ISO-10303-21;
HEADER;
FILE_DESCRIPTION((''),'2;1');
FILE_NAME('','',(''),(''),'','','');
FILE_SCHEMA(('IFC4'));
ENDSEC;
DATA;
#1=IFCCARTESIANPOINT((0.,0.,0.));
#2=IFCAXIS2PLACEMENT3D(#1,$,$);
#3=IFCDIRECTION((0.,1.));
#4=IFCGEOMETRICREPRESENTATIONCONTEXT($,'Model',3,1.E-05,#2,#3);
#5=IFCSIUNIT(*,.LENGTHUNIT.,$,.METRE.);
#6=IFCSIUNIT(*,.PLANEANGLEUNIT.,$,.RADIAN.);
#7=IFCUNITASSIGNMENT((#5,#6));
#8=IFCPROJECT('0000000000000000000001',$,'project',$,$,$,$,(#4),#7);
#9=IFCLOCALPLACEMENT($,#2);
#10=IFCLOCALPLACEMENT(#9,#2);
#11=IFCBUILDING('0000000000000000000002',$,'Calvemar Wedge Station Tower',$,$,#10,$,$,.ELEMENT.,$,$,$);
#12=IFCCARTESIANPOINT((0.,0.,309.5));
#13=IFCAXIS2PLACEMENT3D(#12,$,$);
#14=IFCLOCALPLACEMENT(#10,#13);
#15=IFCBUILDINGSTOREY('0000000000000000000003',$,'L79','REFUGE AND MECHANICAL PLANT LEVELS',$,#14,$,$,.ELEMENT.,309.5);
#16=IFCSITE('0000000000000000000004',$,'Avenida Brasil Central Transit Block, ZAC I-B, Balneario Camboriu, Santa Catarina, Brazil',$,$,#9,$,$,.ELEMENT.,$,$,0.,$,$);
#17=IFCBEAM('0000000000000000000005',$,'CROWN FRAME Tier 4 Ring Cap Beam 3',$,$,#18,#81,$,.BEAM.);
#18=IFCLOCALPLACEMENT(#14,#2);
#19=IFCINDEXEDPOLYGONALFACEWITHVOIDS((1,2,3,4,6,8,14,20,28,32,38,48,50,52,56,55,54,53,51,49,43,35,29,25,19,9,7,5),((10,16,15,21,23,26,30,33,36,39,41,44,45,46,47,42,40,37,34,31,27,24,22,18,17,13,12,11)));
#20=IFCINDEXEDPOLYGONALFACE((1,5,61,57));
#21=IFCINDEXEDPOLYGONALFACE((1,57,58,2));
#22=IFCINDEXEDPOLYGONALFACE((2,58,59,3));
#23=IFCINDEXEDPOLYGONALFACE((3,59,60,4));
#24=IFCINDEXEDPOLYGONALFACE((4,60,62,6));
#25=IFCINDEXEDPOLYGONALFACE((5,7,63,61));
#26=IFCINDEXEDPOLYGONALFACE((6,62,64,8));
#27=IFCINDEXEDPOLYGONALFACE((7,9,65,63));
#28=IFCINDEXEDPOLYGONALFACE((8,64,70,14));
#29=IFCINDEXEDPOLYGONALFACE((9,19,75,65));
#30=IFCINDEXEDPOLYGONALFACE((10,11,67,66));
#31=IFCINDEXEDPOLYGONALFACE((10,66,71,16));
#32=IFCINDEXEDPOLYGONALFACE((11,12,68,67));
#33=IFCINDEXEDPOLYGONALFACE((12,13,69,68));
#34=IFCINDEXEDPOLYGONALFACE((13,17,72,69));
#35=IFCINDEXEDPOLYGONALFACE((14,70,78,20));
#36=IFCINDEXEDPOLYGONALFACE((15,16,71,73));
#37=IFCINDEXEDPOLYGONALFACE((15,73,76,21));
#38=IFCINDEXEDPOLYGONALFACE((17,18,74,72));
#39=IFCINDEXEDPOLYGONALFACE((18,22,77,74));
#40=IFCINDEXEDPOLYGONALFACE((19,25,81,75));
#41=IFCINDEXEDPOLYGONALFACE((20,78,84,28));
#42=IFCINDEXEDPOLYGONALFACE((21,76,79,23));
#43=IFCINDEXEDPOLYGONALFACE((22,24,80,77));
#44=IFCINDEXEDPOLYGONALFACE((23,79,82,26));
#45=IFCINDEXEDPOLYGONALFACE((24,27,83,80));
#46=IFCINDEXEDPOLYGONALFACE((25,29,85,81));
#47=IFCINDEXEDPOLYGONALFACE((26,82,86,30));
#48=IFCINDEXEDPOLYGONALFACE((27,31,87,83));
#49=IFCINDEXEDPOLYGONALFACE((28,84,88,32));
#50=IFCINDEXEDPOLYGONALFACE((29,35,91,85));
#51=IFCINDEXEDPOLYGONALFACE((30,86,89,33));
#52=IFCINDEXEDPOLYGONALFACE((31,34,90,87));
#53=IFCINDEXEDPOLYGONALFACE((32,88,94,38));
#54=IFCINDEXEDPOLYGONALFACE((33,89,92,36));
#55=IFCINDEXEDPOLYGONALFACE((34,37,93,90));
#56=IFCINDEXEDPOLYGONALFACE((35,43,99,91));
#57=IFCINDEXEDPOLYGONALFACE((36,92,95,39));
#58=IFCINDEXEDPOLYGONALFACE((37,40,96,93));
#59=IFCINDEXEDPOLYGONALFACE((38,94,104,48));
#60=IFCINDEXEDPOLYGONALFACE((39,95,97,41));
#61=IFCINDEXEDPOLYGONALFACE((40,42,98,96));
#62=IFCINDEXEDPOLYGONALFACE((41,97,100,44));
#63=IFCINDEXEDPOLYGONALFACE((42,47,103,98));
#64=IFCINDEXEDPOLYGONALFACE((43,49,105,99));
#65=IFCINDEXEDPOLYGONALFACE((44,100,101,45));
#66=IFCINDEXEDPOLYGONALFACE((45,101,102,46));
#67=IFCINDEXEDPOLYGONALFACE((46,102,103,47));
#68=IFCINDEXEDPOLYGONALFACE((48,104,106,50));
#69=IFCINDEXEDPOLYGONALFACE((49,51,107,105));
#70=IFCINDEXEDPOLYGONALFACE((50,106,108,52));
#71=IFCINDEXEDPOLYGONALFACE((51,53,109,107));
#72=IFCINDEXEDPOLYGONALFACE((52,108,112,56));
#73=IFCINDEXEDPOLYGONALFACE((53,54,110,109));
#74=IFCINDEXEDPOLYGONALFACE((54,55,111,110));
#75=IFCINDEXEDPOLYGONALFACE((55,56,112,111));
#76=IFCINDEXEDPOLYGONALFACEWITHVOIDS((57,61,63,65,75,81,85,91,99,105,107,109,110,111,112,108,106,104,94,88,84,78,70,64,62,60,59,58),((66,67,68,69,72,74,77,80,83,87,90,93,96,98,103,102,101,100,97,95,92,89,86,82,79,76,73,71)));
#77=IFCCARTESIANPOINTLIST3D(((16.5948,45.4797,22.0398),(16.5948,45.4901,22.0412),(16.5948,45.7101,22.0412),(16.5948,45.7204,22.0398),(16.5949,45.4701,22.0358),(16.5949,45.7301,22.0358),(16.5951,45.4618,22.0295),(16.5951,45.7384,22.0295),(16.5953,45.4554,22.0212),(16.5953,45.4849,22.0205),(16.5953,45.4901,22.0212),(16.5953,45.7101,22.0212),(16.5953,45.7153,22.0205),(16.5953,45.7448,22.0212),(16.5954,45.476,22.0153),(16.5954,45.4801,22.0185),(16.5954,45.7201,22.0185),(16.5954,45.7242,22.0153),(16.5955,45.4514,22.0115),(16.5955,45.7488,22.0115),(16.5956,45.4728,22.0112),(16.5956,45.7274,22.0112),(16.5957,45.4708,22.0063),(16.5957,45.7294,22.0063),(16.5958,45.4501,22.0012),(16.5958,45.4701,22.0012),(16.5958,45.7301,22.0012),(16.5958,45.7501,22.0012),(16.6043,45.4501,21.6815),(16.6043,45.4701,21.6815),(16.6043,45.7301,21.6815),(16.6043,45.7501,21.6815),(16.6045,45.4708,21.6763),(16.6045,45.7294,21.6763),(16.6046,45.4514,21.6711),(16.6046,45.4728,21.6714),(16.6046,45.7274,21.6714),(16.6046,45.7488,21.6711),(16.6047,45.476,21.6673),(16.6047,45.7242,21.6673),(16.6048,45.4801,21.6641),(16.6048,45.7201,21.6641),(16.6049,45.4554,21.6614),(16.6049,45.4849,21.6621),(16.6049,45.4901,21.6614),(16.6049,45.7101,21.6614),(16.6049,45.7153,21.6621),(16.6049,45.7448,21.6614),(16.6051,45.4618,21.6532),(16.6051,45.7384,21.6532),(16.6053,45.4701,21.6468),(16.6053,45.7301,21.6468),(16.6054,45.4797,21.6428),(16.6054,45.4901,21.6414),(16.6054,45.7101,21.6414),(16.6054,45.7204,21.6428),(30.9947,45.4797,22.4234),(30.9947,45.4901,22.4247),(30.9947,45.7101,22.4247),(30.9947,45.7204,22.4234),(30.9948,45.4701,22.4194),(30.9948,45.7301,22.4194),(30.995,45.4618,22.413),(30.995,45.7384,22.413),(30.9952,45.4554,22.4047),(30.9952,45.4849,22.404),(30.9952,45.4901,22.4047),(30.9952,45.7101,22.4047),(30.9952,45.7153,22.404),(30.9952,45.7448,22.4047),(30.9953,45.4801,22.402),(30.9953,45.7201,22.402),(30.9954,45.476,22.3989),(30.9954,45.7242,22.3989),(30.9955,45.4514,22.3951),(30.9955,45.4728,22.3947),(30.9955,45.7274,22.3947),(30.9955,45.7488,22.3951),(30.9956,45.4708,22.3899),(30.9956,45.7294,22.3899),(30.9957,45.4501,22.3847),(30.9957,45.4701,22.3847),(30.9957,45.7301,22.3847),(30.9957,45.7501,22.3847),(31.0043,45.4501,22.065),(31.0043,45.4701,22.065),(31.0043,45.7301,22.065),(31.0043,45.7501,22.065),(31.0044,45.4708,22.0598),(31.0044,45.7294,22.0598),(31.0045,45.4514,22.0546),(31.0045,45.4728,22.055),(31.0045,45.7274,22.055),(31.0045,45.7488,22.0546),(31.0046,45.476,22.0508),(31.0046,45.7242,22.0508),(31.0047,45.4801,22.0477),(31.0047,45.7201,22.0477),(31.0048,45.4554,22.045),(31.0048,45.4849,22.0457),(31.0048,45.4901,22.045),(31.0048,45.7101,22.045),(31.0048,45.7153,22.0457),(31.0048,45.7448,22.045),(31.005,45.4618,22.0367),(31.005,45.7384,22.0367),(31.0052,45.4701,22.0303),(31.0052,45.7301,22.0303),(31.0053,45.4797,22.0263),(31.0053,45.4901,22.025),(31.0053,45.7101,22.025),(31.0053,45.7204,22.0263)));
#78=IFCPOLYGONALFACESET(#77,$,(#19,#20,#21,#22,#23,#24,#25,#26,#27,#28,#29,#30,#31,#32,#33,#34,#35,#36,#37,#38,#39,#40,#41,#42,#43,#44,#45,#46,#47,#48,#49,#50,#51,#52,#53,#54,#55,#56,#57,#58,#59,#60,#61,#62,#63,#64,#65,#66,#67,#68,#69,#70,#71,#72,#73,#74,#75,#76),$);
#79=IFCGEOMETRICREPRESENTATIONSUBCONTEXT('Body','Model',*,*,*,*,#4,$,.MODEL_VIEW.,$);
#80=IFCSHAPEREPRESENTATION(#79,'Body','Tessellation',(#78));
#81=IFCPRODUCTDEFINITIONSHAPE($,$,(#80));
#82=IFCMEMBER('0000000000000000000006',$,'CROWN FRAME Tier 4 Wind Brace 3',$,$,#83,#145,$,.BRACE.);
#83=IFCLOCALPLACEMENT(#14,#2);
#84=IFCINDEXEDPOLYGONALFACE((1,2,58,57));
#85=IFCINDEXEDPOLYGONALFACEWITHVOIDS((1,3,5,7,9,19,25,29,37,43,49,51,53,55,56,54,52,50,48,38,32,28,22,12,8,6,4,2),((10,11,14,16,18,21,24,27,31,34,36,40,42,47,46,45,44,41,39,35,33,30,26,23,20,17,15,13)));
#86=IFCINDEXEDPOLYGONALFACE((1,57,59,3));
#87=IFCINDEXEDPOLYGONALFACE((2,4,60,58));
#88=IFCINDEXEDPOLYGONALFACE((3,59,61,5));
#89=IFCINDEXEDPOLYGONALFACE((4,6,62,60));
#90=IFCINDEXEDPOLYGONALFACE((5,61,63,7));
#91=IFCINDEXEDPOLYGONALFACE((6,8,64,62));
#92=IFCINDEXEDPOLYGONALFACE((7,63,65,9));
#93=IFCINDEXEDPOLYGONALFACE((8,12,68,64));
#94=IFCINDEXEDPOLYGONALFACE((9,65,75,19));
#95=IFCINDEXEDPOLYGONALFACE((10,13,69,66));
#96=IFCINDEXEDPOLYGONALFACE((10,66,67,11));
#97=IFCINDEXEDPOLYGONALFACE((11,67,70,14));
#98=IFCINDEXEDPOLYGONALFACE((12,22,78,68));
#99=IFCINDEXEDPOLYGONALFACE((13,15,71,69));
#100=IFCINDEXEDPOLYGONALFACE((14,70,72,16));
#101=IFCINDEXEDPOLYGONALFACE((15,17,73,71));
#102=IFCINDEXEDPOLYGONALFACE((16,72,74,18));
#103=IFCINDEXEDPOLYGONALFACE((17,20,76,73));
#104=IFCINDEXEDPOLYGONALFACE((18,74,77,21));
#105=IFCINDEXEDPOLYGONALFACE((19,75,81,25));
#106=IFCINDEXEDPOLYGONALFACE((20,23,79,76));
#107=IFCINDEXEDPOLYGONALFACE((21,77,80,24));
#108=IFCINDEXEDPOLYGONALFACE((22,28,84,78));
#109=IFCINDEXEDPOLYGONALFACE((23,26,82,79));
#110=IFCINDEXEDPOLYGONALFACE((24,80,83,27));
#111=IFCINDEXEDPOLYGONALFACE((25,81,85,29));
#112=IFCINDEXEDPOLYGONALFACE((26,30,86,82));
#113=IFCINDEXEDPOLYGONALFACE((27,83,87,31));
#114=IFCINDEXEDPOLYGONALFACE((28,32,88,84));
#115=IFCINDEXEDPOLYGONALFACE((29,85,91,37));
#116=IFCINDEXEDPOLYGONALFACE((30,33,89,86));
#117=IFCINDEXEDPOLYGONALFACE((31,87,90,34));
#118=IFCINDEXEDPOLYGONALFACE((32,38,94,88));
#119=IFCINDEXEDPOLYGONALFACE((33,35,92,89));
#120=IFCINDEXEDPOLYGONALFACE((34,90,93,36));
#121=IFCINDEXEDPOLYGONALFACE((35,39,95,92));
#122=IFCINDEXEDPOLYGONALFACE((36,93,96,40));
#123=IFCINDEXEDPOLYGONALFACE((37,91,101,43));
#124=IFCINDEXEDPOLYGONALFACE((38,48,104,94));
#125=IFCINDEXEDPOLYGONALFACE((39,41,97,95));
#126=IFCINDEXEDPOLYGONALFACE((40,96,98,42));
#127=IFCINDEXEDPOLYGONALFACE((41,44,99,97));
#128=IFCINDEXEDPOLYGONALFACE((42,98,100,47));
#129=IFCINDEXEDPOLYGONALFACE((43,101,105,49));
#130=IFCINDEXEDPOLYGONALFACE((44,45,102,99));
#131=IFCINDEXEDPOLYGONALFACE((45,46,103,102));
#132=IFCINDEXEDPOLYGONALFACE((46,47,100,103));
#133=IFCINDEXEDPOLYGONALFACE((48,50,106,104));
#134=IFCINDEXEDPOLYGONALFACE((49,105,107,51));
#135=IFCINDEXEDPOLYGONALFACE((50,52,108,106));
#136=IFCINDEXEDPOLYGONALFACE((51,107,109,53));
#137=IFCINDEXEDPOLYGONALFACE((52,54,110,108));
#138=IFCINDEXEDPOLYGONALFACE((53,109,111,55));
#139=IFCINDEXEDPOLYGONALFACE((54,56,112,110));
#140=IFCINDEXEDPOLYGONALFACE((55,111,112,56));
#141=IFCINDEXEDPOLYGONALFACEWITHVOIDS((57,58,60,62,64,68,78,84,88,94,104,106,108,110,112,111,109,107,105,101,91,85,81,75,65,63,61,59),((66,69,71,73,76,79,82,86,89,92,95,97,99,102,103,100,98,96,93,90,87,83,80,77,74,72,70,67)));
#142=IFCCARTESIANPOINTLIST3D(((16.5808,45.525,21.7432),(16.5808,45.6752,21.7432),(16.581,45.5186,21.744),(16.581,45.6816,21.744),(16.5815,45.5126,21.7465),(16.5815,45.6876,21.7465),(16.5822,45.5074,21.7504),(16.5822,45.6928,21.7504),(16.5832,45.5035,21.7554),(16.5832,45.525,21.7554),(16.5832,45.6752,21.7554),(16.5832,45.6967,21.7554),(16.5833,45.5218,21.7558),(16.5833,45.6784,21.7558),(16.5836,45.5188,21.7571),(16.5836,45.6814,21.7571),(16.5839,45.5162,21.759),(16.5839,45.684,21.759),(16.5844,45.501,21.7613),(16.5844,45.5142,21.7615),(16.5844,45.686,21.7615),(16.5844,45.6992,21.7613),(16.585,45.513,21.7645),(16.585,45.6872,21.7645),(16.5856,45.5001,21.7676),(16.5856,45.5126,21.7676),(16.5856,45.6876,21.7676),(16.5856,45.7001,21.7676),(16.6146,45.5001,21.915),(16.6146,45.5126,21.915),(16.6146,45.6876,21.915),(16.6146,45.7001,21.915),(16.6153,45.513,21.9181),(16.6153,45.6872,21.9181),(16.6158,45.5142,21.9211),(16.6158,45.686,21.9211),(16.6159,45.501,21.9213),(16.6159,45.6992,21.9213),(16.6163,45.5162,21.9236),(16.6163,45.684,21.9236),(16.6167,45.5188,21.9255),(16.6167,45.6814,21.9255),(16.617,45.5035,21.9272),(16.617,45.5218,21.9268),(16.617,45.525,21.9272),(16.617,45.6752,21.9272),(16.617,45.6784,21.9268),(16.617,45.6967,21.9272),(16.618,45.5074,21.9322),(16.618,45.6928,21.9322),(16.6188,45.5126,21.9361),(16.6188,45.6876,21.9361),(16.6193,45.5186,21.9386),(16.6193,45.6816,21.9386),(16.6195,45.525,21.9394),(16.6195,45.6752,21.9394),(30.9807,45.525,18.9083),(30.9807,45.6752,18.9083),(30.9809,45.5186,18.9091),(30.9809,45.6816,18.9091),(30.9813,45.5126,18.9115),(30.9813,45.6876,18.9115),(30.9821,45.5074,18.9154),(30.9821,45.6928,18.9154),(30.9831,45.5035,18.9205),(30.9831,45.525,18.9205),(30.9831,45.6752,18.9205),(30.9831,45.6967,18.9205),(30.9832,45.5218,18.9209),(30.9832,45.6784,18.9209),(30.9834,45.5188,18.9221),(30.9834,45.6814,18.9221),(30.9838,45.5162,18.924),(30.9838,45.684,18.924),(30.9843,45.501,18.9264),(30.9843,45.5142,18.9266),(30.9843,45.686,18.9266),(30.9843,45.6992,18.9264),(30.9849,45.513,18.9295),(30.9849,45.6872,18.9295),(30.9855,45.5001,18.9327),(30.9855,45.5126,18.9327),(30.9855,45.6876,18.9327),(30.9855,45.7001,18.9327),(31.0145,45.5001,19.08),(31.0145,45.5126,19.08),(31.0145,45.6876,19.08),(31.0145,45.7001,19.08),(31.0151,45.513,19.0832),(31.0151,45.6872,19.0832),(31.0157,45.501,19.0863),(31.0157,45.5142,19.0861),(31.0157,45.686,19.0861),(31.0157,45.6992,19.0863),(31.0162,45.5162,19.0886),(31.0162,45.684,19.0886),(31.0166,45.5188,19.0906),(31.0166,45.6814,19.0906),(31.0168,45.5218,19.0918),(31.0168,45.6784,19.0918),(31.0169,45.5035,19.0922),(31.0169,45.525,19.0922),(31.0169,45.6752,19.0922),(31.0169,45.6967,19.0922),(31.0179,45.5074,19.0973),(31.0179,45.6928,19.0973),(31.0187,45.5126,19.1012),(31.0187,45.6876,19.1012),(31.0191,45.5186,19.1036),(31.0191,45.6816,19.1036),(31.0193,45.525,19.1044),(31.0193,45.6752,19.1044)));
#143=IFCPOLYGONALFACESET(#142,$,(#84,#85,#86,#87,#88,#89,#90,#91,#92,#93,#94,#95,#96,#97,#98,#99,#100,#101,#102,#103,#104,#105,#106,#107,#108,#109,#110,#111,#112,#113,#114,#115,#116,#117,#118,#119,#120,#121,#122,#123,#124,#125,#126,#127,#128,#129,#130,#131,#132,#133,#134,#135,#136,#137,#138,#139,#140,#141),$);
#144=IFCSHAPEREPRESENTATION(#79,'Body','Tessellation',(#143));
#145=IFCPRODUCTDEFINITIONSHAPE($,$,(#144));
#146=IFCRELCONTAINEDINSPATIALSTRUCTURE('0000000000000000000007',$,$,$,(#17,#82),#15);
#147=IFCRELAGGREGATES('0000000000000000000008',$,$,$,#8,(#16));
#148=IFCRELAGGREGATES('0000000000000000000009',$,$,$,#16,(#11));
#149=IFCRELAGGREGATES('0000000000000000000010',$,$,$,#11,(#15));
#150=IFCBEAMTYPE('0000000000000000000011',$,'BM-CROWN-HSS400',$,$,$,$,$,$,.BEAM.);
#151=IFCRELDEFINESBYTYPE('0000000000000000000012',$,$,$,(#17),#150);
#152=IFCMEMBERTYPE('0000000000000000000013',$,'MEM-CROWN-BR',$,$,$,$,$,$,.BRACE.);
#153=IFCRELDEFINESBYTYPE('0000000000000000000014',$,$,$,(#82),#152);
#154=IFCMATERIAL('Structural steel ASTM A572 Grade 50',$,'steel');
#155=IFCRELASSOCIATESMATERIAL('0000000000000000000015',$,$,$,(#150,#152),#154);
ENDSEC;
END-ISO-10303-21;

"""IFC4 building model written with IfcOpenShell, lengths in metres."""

from ifc_helpers import new_model, si_unit, direction, frame, origin, origin_2d, place, context, subcontext, project, spatial, hollow_rectangle, extrude, source, transform, mapped, material, material_profile, profile_set, type_object, element, save


model = new_model("IFC4")

# Units and contexts
model_context = context("Model", 3, precision=1e-05, world=origin(), true_north=direction((0.0, 1.0)))
body_context = subcontext(model_context, "Body", "Model", "MODEL_VIEW")
ifc_project = project(units=[si_unit("LENGTHUNIT", "METRE"), si_unit("PLANEANGLEUNIT", "RADIAN")], contexts=[model_context])

# Site, building, storey
site_placement = place(None, origin())
site = spatial("IfcSite", under=ifc_project, at=site_placement, Name="Avenida Brasil Central Transit Block, ZAC I-B, Balneario Camboriu, Santa Catarina, Brazil", CompositionType="ELEMENT", RefElevation=0.0)
building_placement = place(site_placement, origin())
building = spatial("IfcBuilding", under=site, at=building_placement, Name="Calvemar Wedge Station Tower", CompositionType="ELEMENT")
storey_placement = place(building_placement, frame((0.0, 0.0, 309.5)))
storey = spatial("IfcBuildingStorey", under=building, at=storey_placement, Name="L79", Description="REFUGE AND MECHANICAL PLANT LEVELS", CompositionType="ELEMENT", Elevation=309.5)

# Shared definitions
ifc_material_1 = material(Name="Structural steel ASTM A572 Grade 50", Category="steel")

# Shared definitions
ifc_material_profile_1 = material_profile(ifc_material_1, hollow_rectangle(XDim=0.3, YDim=0.3999, WallThickness=0.02, InnerFilletRadius=0.02, OuterFilletRadius=0.04, at=origin_2d()), Name="HSS400x300x20")
ifc_profile_set_1 = profile_set([ifc_material_profile_1], Name="Structural steel ASTM A572 Grade 50")
beam_type = type_object("IfcBeamType", Name="BM-CROWN-HSS400", PredefinedType="BEAM", material=ifc_profile_set_1)

# Shared definitions
ifc_material_profile_2 = material_profile(ifc_material_1, hollow_rectangle(XDim=0.2, YDim=0.2, WallThickness=0.0125, InnerFilletRadius=0.0125, OuterFilletRadius=0.0249, at=origin_2d()), Name="HSS200x200x12.5")
ifc_profile_set_2 = profile_set([ifc_material_profile_2], Name="Structural steel ASTM A572 Grade 50")
member_type = type_object("IfcMemberType", Name="MEM-CROWN-BR", PredefinedType="BRACE", material=ifc_profile_set_2)

# Beam
shared_shape_1 = source(origin(), body_context, "Body", "SweptSolid", [
    extrude(hollow_rectangle(XDim=0.3, YDim=0.3999, WallThickness=0.02, InnerFilletRadius=0.02, OuterFilletRadius=0.04, at=origin_2d()), origin(), (0.0, 0.0, 1.0), 14.405),
])
beam_1_placement = place(storey_placement, frame((31.0, 45.6001, 22.2249), z_axis=(-0.999645, 0.0, -0.026626), x_axis=(0.0, -1.0, 0.0)))
element("IfcBeam", 1, at=beam_1_placement, inside=storey, type_object=beam_type, Name="CROWN FRAME Tier 4 Ring Cap Beam 3", PredefinedType="BEAM", context=body_context, shape_type="MappedRepresentation", body=[
    mapped(shared_shape_1, transform((0.0, 0.0, 0.0), scale=1.0)),
])

# Member
shared_shape_2 = source(origin(), body_context, "Body", "SweptSolid", [
    extrude(hollow_rectangle(XDim=0.2, YDim=0.2, WallThickness=0.0125, InnerFilletRadius=0.0125, OuterFilletRadius=0.0249, at=origin_2d()), origin(), (0.0, 0.0, 1.0), 14.6763),
])
member_1_placement = place(storey_placement, frame((31.0, 45.6001, 19.0063), z_axis=(-0.981166, 0.0, 0.193166), x_axis=(0.0, -1.0, 0.0)))
element("IfcMember", 2, at=member_1_placement, inside=storey, type_object=member_type, Name="CROWN FRAME Tier 4 Wind Brace 3", PredefinedType="BRACE", context=body_context, shape_type="MappedRepresentation", body=[
    mapped(shared_shape_2, transform((0.0, 0.0, 0.0), scale=1.0)),
])

save(model, "model.ifc")
